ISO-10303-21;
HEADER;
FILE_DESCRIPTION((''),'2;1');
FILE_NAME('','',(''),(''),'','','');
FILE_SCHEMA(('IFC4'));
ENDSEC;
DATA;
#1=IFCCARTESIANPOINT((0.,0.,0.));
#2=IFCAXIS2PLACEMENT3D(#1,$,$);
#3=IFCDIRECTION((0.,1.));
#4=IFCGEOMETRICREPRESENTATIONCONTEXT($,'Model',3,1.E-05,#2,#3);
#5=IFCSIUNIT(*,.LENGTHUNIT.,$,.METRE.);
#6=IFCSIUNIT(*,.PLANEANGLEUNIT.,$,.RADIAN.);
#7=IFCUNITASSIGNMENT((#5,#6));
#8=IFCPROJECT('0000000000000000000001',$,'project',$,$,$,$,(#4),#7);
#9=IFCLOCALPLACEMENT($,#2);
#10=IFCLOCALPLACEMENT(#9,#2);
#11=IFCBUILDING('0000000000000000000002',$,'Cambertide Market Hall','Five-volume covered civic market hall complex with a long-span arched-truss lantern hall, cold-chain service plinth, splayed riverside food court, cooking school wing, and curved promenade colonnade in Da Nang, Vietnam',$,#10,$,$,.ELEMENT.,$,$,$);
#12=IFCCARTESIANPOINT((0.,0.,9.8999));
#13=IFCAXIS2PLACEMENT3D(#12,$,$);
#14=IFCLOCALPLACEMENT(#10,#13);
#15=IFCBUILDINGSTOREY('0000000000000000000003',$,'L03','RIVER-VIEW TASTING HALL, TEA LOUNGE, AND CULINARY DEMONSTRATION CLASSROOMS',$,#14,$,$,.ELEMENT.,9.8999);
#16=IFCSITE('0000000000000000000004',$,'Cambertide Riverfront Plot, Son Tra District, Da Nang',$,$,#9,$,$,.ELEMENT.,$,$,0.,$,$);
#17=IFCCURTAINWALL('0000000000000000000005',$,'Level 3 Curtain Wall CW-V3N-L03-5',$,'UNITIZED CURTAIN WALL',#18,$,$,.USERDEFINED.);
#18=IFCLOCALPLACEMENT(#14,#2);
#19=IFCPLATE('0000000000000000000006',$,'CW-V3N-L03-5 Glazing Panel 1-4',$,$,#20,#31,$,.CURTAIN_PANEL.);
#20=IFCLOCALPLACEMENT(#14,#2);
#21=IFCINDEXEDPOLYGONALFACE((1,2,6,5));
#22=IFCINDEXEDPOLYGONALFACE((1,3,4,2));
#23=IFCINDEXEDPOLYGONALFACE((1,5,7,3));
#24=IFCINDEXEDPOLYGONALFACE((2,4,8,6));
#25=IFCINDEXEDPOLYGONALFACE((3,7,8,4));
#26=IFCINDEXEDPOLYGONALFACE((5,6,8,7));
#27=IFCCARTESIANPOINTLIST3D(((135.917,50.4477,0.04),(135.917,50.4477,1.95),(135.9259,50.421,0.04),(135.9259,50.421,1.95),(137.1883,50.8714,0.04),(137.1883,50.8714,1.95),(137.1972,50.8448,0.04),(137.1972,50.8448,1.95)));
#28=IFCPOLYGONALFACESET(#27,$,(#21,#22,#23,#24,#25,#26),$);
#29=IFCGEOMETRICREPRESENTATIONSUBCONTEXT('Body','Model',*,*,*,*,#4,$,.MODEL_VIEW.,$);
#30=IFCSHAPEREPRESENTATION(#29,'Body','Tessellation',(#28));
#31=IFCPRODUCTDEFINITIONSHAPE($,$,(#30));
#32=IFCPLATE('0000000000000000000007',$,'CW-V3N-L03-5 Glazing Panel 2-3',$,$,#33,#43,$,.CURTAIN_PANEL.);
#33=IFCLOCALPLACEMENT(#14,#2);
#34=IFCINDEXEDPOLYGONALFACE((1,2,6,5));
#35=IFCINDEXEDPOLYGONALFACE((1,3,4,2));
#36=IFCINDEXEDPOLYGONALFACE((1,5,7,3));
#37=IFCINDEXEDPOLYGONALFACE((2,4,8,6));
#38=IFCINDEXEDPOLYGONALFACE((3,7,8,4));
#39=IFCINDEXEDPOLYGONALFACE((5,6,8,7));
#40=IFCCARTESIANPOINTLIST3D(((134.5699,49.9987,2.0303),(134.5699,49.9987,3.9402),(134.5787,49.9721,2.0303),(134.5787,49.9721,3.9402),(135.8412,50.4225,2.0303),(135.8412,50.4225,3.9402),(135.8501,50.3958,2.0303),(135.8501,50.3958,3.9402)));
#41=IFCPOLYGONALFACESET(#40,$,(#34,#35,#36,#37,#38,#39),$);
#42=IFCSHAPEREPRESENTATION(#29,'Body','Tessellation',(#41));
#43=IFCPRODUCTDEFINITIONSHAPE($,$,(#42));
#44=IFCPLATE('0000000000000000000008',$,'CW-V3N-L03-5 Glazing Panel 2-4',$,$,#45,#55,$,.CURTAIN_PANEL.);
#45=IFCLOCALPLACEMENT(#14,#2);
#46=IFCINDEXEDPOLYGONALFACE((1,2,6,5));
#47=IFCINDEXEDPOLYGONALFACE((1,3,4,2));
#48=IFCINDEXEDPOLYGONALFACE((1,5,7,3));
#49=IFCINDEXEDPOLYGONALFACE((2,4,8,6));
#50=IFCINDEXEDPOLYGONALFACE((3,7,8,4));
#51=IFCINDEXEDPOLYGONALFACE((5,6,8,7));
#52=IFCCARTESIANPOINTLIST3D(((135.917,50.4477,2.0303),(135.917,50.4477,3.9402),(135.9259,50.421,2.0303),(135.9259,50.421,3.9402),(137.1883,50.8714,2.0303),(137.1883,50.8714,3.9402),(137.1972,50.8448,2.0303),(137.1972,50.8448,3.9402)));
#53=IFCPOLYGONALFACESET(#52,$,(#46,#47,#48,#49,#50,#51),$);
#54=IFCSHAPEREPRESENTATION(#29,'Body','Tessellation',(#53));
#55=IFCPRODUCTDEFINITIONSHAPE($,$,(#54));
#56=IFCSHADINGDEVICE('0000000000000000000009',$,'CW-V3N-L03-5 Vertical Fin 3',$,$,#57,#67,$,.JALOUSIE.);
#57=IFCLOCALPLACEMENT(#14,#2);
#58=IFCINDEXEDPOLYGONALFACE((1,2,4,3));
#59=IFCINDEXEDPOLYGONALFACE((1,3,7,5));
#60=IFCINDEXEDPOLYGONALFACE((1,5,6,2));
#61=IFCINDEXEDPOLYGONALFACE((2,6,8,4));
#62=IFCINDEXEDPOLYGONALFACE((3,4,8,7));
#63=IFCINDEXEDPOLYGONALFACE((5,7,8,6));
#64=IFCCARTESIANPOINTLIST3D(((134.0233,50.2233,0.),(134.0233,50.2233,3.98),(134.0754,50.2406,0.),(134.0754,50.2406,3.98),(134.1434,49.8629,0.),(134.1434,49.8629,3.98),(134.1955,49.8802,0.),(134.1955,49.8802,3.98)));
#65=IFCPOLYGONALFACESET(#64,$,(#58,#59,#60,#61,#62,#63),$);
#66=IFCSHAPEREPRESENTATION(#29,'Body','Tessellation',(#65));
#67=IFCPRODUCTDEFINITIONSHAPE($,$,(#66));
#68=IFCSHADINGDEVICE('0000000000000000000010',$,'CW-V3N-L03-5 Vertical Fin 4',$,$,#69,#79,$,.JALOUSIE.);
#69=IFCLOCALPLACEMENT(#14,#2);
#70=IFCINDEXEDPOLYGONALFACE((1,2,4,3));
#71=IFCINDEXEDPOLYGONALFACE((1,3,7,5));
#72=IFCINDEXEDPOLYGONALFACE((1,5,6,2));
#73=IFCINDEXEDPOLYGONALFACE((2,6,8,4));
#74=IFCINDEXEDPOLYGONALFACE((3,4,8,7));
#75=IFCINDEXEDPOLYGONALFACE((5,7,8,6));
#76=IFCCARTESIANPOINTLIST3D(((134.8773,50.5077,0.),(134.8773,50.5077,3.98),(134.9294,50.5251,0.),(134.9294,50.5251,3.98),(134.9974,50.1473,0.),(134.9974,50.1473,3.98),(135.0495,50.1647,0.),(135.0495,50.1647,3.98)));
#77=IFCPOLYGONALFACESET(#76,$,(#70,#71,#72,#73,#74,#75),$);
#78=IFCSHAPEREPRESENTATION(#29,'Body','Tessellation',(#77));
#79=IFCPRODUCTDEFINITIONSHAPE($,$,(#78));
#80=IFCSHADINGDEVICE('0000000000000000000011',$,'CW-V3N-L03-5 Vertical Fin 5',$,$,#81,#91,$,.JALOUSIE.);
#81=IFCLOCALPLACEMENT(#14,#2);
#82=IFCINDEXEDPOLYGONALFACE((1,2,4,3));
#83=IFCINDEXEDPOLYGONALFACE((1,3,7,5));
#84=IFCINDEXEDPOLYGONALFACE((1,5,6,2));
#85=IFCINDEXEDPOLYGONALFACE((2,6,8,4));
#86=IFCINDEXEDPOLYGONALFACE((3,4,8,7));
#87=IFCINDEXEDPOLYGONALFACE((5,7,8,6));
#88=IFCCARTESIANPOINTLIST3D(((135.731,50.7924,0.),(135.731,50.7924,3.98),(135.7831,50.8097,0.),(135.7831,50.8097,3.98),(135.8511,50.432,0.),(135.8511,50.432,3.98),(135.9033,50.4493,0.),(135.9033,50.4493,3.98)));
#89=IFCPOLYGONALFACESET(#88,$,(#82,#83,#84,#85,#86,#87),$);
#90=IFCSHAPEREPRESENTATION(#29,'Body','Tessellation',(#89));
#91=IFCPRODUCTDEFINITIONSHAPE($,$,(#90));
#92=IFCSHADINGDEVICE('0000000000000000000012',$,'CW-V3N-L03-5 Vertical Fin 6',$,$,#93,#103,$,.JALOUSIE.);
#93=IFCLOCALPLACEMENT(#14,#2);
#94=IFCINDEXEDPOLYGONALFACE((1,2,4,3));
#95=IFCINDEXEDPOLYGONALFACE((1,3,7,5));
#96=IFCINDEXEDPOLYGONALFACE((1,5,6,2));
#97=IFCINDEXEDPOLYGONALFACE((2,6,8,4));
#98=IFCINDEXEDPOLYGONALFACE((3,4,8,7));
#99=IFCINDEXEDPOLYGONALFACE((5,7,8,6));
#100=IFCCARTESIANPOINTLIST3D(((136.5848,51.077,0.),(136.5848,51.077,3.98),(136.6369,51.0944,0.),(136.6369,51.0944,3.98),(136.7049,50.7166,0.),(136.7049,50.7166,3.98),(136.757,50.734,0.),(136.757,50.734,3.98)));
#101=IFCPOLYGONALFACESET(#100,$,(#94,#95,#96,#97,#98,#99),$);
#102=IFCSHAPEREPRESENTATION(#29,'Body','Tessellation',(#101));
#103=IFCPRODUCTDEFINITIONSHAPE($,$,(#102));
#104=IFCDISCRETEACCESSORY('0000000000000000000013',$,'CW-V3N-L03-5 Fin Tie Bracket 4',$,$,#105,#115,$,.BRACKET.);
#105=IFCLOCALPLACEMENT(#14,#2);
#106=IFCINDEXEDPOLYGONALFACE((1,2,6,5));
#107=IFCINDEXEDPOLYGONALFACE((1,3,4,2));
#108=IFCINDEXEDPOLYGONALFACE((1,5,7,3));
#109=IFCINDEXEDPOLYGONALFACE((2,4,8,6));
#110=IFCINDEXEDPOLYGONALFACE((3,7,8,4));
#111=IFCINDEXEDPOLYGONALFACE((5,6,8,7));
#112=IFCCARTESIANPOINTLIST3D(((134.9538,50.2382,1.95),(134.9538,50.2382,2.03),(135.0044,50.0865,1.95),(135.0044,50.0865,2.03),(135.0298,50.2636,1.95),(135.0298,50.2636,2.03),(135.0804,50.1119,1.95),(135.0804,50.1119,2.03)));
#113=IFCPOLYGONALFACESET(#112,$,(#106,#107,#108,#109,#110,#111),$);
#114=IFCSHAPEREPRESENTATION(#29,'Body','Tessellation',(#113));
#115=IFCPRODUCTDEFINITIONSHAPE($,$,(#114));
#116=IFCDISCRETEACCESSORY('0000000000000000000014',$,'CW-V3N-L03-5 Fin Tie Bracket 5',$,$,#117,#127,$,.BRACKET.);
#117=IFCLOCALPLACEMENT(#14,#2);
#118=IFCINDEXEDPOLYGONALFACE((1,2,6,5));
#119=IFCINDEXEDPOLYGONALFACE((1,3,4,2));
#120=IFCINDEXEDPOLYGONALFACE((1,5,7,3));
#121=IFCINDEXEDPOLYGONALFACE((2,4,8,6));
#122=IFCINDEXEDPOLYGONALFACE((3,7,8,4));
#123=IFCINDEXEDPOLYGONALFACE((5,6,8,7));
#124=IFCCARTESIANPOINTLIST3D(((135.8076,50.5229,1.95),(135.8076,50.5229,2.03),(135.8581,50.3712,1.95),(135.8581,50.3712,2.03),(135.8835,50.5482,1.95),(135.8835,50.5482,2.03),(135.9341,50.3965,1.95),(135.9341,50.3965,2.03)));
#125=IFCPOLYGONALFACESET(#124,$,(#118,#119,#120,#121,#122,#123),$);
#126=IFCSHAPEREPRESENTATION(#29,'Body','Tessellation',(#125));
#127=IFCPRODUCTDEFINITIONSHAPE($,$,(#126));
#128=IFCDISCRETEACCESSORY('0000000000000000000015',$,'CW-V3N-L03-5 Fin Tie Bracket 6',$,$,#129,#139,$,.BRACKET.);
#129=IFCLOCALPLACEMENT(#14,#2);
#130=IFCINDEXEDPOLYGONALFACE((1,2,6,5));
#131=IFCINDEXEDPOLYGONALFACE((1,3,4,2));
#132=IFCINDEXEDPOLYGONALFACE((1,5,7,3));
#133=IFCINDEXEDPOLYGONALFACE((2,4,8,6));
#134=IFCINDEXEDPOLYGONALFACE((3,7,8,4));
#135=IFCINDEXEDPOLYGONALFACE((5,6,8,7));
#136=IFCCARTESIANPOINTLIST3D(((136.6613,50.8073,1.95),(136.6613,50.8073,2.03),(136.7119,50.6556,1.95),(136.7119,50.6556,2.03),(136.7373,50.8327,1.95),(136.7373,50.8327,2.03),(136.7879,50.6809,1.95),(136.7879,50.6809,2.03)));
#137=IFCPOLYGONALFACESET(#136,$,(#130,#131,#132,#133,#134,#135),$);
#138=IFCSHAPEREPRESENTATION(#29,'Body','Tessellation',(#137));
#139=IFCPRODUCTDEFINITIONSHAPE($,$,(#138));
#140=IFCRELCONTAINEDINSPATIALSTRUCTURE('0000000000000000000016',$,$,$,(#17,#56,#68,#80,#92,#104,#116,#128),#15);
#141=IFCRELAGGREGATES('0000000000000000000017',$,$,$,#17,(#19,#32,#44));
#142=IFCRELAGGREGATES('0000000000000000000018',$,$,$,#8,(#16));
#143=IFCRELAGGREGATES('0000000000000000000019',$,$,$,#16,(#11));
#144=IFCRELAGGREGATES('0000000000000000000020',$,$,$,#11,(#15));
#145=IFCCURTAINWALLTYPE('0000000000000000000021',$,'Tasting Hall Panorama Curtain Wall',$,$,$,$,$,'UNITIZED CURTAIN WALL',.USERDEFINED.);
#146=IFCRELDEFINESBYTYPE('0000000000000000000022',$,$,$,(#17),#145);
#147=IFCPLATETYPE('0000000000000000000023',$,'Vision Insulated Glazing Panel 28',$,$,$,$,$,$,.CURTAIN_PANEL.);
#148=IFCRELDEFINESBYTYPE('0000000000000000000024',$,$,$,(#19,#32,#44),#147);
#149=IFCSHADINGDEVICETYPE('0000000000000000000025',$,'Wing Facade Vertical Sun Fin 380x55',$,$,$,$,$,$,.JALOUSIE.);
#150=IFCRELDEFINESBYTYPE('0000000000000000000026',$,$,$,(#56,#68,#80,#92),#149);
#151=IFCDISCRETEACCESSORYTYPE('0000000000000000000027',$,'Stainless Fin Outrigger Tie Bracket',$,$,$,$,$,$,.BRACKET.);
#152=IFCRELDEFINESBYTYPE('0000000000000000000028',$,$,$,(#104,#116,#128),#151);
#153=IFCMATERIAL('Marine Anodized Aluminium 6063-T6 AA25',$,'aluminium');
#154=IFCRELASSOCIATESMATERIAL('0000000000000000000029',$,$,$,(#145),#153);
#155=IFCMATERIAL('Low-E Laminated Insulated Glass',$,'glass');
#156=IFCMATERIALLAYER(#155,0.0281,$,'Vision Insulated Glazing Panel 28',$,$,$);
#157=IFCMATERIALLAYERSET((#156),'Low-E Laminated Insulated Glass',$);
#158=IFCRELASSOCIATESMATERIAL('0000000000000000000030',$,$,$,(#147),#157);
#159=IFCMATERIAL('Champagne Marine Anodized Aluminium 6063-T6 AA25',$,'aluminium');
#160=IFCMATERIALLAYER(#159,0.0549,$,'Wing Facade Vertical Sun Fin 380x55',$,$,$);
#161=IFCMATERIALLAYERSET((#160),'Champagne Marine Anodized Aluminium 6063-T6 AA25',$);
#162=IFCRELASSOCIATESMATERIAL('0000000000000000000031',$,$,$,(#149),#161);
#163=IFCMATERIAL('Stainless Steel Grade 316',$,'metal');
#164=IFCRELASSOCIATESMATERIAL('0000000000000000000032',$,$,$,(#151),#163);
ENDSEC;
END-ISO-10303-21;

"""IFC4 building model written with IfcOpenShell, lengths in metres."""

from ifc_helpers import new_model, si_unit, direction, frame, origin, origin_2d, place, context, subcontext, project, spatial, rectangle, extrude, material, layer, layer_set, type_object, element, aggregate, save


model = new_model("IFC4")

# Units and contexts
model_context = context("Model", 3, precision=1e-05, world=origin(), true_north=direction((0.0, 1.0)))
body_context = subcontext(model_context, "Body", "Model", "MODEL_VIEW")
ifc_project = project(units=[si_unit("LENGTHUNIT", "METRE"), si_unit("PLANEANGLEUNIT", "RADIAN")], contexts=[model_context])

# Site, building, storey
site_placement = place(None, origin())
site = spatial("IfcSite", under=ifc_project, at=site_placement, Name="Cambertide Riverfront Plot, Son Tra District, Da Nang", CompositionType="ELEMENT", RefElevation=0.0)
building_placement = place(site_placement, origin())
building = spatial("IfcBuilding", under=site, at=building_placement, Name="Cambertide Market Hall", Description="Five-volume covered civic market hall complex with a long-span arched-truss lantern hall, cold-chain service plinth, splayed riverside food court, cooking school wing, and curved promenade colonnade in Da Nang, Vietnam", CompositionType="ELEMENT")
storey_placement = place(building_placement, frame((0.0, 0.0, 9.8999)))
storey = spatial("IfcBuildingStorey", under=building, at=storey_placement, Name="L03", Description="RIVER-VIEW TASTING HALL, TEA LOUNGE, AND CULINARY DEMONSTRATION CLASSROOMS", CompositionType="ELEMENT", Elevation=9.8999)

# Curtain wall, plates
ifc_material_1 = material(Name="Marine Anodized Aluminium 6063-T6 AA25", Category="aluminium")
curtain_wall_type = type_object("IfcCurtainWallType", Name="Tasting Hall Panorama Curtain Wall", ElementType="UNITIZED CURTAIN WALL", PredefinedType="USERDEFINED", material=ifc_material_1)
curtain_wall_placement = place(storey_placement, origin())
curtain_wall = element("IfcCurtainWall", 1, at=curtain_wall_placement, inside=storey, type_object=curtain_wall_type, Name="Level 3 Curtain Wall CW-V3N-L03-5", ObjectType="UNITIZED CURTAIN WALL", PredefinedType="USERDEFINED")
ifc_material_2 = material(Name="Low-E Laminated Insulated Glass", Category="glass")
ifc_layer_1 = layer(ifc_material_2, 0.0281, Name="Vision Insulated Glazing Panel 28")
ifc_layer_set_1 = layer_set([ifc_layer_1], Name="Low-E Laminated Insulated Glass")
plate_type = type_object("IfcPlateType", Name="Vision Insulated Glazing Panel 28", PredefinedType="CURTAIN_PANEL", material=ifc_layer_set_1)
plate_1_placement = place(storey_placement, frame((136.5571, 50.6462, 0.04), z_axis=(0.0, 0.0, 1.0), x_axis=(0.948683, 0.316228, 0.0)))
plate_1 = element("IfcPlate", 2, at=plate_1_placement, type_object=plate_type, Name="CW-V3N-L03-5 Glazing Panel 1-4", PredefinedType="CURTAIN_PANEL", context=body_context, shape_type="SweptSolid", body=[
    extrude(rectangle(XDim=1.3401, YDim=0.0281, at=origin_2d()), origin(), (0.0, 0.0, 1.0), 1.9099),
])
plate_2_placement = place(storey_placement, frame((135.21, 50.1973, 2.0303), z_axis=(0.0, 0.0, 1.0), x_axis=(0.948683, 0.316228, 0.0)))
plate_2 = element("IfcPlate", 3, at=plate_2_placement, type_object=plate_type, Name="CW-V3N-L03-5 Glazing Panel 2-3", PredefinedType="CURTAIN_PANEL", context=body_context, shape_type="SweptSolid", body=[
    extrude(rectangle(XDim=1.3401, YDim=0.0281, at=origin_2d()), origin(), (0.0, 0.0, 1.0), 1.9099),
])
plate_3_placement = place(storey_placement, frame((136.5571, 50.6462, 2.0303), z_axis=(0.0, 0.0, 1.0), x_axis=(0.948683, 0.316228, 0.0)))
plate_3 = element("IfcPlate", 4, at=plate_3_placement, type_object=plate_type, Name="CW-V3N-L03-5 Glazing Panel 2-4", PredefinedType="CURTAIN_PANEL", context=body_context, shape_type="SweptSolid", body=[
    extrude(rectangle(XDim=1.3401, YDim=0.0281, at=origin_2d()), origin(), (0.0, 0.0, 1.0), 1.9099),
])
aggregate(curtain_wall, [plate_1, plate_2, plate_3])

# Shading devices
ifc_material_3 = material(Name="Champagne Marine Anodized Aluminium 6063-T6 AA25", Category="aluminium")
ifc_layer_2 = layer(ifc_material_3, 0.0549, Name="Wing Facade Vertical Sun Fin 380x55")
ifc_layer_set_2 = layer_set([ifc_layer_2], Name="Champagne Marine Anodized Aluminium 6063-T6 AA25")
shading_device_type = type_object("IfcShadingDeviceType", Name="Wing Facade Vertical Sun Fin 380x55", PredefinedType="JALOUSIE", material=ifc_layer_set_2)
for number, where, z_axis, x_axis, name in (
    (5, (134.1094, 50.0518, 0.0), (0.0, 0.0, 1.0), (0.948683, 0.316228, 0.0), "CW-V3N-L03-5 Vertical Fin 3"),
    (6, (134.9634, 50.3362, 0.0), (0.0, 0.0, 1.0), (0.948683, 0.316228, 0.0), "CW-V3N-L03-5 Vertical Fin 4"),
    (7, (135.8171, 50.6208, 0.0), (0.0, 0.0, 1.0), (0.948683, 0.316228, 0.0), "CW-V3N-L03-5 Vertical Fin 5"),
    (8, (136.6709, 50.9055, 0.0), (0.0, 0.0, 1.0), (0.948683, 0.316228, 0.0), "CW-V3N-L03-5 Vertical Fin 6"),
):
    element("IfcShadingDevice", number, at=place(storey_placement, frame(where, z_axis=z_axis, x_axis=x_axis)), inside=storey, type_object=shading_device_type, Name=name, PredefinedType="JALOUSIE", context=body_context, shape_type="SweptSolid", body=[
        extrude(rectangle(XDim=0.0549, YDim=0.3799, at=origin_2d()), origin(), (0.0, 0.0, 1.0), 3.98),
    ])

# Discrete accessories
ifc_material_4 = material(Name="Stainless Steel Grade 316", Category="metal")
discrete_accessory_type = type_object("IfcDiscreteAccessoryType", Name="Stainless Fin Outrigger Tie Bracket", PredefinedType="BRACKET", material=ifc_material_4)
for number, where, z_axis, x_axis, name in (
    (9, (135.0171, 50.175, 1.95), (0.0, 0.0, 1.0), (0.948683, 0.316228, 0.0), "CW-V3N-L03-5 Fin Tie Bracket 4"),
    (10, (135.8708, 50.4597, 1.95), (0.0, 0.0, 1.0), (0.948683, 0.316228, 0.0), "CW-V3N-L03-5 Fin Tie Bracket 5"),
    (11, (136.7246, 50.7441, 1.95), (0.0, 0.0, 1.0), (0.948683, 0.316228, 0.0), "CW-V3N-L03-5 Fin Tie Bracket 6"),
):
    element("IfcDiscreteAccessory", number, at=place(storey_placement, frame(where, z_axis=z_axis, x_axis=x_axis)), inside=storey, type_object=discrete_accessory_type, Name=name, PredefinedType="BRACKET", context=body_context, shape_type="SweptSolid", body=[
        extrude(rectangle(XDim=0.0801, YDim=0.1599, at=origin_2d()), origin(), (0.0, 0.0, 1.0), 0.0801),
    ])

save(model, "model.ifc")
